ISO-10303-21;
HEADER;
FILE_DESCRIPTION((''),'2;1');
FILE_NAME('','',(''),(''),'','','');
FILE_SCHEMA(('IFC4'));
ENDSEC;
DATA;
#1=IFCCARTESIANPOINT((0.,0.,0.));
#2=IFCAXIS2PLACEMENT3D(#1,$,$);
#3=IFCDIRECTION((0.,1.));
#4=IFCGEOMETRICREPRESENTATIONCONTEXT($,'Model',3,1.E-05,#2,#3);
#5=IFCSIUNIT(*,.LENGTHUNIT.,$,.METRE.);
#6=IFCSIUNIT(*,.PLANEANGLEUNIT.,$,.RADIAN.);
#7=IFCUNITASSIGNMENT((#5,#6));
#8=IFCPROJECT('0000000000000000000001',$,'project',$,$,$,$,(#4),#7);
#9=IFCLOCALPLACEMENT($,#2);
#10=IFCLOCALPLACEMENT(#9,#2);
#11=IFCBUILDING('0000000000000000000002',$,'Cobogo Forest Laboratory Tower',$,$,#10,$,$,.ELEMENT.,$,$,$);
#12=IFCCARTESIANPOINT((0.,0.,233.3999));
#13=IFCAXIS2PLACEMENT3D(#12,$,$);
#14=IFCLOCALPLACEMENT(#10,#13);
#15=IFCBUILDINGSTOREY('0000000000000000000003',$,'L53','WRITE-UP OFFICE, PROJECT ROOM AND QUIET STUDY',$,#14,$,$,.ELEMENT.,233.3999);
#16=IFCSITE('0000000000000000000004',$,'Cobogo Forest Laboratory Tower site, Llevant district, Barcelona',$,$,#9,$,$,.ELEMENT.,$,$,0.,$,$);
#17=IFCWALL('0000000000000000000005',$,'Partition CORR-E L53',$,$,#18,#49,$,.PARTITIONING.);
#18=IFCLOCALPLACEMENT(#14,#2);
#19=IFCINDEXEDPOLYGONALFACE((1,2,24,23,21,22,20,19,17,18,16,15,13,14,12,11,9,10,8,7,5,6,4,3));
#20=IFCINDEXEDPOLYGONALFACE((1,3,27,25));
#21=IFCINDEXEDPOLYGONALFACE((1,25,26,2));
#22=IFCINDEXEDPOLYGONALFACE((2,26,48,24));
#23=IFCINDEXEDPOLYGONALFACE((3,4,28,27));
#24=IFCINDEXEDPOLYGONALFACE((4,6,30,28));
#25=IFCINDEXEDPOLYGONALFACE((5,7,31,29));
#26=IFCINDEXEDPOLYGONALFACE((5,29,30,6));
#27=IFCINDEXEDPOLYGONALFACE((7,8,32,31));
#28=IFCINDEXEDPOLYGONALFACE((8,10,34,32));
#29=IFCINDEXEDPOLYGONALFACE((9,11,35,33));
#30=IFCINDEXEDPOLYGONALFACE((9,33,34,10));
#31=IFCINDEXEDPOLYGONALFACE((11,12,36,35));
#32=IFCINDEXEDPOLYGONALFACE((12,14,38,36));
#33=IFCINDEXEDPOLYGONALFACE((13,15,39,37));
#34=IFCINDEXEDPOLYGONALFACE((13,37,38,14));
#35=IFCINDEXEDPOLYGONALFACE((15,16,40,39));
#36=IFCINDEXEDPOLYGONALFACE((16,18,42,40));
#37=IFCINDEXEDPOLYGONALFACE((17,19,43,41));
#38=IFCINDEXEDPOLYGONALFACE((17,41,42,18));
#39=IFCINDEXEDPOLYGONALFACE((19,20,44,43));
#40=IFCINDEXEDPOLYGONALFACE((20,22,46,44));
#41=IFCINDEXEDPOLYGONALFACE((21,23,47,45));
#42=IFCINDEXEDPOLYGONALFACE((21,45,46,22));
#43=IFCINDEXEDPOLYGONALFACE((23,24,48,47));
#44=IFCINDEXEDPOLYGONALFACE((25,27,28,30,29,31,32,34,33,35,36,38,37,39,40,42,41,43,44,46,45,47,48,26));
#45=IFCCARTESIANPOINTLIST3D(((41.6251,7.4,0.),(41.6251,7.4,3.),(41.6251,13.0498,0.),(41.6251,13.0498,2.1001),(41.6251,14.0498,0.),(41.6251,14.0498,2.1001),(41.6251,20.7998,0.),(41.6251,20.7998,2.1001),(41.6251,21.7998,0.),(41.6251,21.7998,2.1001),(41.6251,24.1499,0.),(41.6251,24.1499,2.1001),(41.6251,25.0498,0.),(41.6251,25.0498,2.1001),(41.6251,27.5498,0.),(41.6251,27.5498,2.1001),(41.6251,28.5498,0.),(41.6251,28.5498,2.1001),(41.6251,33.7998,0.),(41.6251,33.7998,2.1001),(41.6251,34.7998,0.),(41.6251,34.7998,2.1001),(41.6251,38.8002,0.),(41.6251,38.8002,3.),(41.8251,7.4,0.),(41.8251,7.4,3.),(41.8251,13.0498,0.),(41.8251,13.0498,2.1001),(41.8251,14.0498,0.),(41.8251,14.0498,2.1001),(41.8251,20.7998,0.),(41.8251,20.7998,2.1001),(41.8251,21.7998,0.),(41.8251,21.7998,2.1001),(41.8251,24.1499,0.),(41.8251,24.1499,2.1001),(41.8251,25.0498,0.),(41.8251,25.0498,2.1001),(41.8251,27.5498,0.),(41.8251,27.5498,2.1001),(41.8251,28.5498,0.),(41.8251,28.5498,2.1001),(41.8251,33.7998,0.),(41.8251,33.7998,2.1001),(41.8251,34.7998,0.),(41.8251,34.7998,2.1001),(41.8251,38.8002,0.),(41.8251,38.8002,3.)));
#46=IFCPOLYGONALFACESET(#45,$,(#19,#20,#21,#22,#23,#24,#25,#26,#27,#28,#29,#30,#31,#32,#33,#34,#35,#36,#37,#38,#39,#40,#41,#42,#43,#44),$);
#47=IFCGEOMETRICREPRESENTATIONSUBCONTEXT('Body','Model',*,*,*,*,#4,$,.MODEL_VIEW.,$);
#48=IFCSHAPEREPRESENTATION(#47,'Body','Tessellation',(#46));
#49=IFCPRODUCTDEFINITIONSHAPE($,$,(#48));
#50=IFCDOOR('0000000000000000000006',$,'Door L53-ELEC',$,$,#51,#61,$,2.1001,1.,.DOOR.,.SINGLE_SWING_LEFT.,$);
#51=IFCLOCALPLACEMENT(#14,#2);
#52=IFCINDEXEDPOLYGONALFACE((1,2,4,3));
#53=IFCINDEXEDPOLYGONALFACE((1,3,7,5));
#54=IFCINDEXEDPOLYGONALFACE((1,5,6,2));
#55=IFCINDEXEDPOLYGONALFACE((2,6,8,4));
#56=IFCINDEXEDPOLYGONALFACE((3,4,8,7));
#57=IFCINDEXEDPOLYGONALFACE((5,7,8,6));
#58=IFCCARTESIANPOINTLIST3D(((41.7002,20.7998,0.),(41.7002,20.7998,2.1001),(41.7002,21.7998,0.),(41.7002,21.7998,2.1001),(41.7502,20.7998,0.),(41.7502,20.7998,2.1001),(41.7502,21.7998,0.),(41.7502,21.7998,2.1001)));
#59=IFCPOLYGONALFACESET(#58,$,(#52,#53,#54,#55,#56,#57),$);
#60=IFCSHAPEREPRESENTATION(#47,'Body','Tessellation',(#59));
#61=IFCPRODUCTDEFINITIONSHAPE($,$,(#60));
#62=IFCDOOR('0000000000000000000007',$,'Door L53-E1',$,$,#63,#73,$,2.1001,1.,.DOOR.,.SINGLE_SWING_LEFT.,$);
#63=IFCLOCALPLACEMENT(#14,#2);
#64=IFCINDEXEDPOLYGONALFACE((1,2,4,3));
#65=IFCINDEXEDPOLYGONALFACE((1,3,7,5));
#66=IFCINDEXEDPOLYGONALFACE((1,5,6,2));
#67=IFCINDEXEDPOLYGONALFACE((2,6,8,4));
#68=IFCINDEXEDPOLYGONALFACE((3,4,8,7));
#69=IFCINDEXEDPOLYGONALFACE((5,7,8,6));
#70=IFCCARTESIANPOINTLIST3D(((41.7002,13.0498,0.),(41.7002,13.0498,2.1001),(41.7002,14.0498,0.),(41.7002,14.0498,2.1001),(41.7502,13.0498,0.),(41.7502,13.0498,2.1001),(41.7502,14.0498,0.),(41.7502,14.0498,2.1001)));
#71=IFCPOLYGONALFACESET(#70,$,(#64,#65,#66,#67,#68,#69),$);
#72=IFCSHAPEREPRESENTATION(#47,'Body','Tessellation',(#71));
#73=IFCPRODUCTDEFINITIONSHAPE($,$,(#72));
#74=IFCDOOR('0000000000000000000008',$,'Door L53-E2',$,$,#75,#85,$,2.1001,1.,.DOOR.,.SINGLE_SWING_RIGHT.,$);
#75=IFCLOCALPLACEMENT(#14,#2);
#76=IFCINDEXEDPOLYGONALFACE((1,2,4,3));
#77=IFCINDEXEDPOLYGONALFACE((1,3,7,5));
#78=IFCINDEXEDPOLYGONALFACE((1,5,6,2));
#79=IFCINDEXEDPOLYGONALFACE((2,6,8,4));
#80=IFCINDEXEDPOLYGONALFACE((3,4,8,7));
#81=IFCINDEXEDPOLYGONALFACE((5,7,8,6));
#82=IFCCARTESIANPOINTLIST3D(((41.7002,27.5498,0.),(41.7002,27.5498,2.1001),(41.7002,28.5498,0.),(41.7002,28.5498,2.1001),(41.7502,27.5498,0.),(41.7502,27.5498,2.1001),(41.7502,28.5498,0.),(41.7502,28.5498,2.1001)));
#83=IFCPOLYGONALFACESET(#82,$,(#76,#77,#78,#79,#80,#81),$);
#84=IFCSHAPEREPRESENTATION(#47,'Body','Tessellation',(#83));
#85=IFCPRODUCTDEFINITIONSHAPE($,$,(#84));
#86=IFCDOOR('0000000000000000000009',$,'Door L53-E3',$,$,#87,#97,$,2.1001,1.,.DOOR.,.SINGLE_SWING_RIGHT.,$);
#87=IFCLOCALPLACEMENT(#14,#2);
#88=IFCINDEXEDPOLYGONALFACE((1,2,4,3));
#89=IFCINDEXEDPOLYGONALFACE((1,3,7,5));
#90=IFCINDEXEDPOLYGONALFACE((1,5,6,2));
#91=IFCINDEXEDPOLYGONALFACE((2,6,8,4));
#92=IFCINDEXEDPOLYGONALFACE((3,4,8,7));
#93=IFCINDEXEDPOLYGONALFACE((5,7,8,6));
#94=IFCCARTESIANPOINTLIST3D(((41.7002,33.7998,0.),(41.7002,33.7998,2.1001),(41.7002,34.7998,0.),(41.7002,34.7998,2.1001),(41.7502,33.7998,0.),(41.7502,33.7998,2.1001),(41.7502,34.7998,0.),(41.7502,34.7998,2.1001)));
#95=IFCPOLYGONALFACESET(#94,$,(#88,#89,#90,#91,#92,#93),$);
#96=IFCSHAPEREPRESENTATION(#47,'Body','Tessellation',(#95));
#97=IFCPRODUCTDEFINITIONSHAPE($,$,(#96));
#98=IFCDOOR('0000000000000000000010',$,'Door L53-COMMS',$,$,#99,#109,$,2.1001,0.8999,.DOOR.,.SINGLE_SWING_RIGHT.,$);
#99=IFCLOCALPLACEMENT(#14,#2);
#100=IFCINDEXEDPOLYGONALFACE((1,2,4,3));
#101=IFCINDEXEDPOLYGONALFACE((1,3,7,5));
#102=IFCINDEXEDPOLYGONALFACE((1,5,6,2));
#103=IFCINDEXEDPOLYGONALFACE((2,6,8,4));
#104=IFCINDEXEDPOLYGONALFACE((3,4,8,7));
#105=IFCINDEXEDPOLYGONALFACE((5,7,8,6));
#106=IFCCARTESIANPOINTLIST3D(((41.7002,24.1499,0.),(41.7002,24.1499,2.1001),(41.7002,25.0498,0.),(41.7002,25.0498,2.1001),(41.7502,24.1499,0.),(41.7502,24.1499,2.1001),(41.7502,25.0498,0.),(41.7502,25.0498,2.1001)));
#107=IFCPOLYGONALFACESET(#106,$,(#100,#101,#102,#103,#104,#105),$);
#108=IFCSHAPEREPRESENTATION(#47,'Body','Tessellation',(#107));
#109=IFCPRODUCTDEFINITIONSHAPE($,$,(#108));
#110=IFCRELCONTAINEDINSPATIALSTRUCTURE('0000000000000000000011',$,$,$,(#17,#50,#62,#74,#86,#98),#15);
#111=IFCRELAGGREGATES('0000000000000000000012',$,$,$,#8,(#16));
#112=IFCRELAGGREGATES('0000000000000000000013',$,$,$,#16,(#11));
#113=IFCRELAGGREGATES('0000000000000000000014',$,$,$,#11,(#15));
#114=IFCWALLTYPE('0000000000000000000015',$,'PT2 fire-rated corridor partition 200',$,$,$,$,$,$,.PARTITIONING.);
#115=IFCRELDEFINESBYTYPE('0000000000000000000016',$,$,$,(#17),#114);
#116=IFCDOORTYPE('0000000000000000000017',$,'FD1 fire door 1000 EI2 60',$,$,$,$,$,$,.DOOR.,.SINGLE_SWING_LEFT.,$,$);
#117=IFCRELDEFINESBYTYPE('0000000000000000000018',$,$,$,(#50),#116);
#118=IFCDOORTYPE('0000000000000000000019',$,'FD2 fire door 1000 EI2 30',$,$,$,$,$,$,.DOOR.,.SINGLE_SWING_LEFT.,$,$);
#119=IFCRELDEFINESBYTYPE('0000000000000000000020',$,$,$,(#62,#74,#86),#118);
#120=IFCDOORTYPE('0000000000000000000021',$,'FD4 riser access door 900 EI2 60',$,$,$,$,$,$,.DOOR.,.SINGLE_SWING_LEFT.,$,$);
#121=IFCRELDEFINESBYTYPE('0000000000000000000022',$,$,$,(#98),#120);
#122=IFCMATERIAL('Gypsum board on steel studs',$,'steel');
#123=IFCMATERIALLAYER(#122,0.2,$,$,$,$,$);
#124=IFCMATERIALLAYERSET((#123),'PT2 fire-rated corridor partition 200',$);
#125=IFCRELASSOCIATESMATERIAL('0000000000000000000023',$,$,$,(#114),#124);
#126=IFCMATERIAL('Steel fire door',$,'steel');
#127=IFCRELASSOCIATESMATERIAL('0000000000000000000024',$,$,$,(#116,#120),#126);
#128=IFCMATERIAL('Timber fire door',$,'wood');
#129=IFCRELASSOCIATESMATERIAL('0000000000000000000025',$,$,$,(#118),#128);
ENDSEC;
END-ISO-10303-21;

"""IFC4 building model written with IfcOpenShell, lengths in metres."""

from ifc_helpers import new_model, si_unit, direction, frame, frame_2d, origin, place, context, subcontext, project, spatial, rectangle, extrude, material, layer, layer_set, type_object, element, fill, save


model = new_model("IFC4")

# Units and contexts
model_context = context("Model", 3, precision=1e-05, world=origin(), true_north=direction((0.0, 1.0)))
body_context = subcontext(model_context, "Body", "Model", "MODEL_VIEW")
ifc_project = project(units=[si_unit("LENGTHUNIT", "METRE"), si_unit("PLANEANGLEUNIT", "RADIAN")], contexts=[model_context])

# Site, building, storey
site_placement = place(None, origin())
site = spatial("IfcSite", under=ifc_project, at=site_placement, Name="Cobogo Forest Laboratory Tower site, Llevant district, Barcelona", CompositionType="ELEMENT", RefElevation=0.0)
building_placement = place(site_placement, origin())
building = spatial("IfcBuilding", under=site, at=building_placement, Name="Cobogo Forest Laboratory Tower", CompositionType="ELEMENT")
storey_placement = place(building_placement, frame((0.0, 0.0, 233.3999)))
storey = spatial("IfcBuildingStorey", under=building, at=storey_placement, Name="L53", Description="WRITE-UP OFFICE, PROJECT ROOM AND QUIET STUDY", CompositionType="ELEMENT", Elevation=233.3999)

# Shared definitions
ifc_material_1 = material(Name="Steel fire door", Category="steel")

# Shared definitions
ifc_material_2 = material(Name="Gypsum board on steel studs", Category="steel")

# Wall, openings, doors
ifc_layer_1 = layer(ifc_material_2, 0.2)
ifc_layer_set_1 = layer_set([ifc_layer_1], Name="PT2 fire-rated corridor partition 200")
wall_type_1 = type_object("IfcWallType", Name="PT2 fire-rated corridor partition 200", PredefinedType="PARTITIONING", material=ifc_layer_set_1)
wall_1_placement = place(storey_placement, frame((41.7251, 7.3999, 0.0), z_axis=(0.0, 0.0, 1.0), x_axis=(0.0, 1.0, 0.0)))
wall_1 = element("IfcWall", 1, at=wall_1_placement, inside=storey, type_object=wall_type_1, Name="Partition CORR-E L53", PredefinedType="PARTITIONING", context=body_context, shape_type="SweptSolid", body=[
    extrude(rectangle(XDim=31.4001, YDim=0.2, at=frame_2d((15.7002, 0.0))), origin(), (0.0, 0.0, 1.0), 3.0),
])
opening_1_placement = place(wall_1_placement, frame((5.6499, 0.0, 0.0)))
opening_1 = element("IfcOpeningElement", 2, at=opening_1_placement, cuts=wall_1, PredefinedType="OPENING", context=body_context, shape_type="SweptSolid", body=[
    extrude(rectangle(XDim=1.0, YDim=2.1001, at=frame_2d((0.5, 1.05))), frame((0.0, 0.1099, 0.0), z_axis=(0.0, -1.0, 0.0), x_axis=(1.0, 0.0, 0.0)), (0.0, 0.0, 1.0), 0.22),
])
opening_2_placement = place(wall_1_placement, frame((13.3999, 0.0, 0.0)))
opening_2 = element("IfcOpeningElement", 3, at=opening_2_placement, cuts=wall_1, PredefinedType="OPENING", context=body_context, shape_type="SweptSolid", body=[
    extrude(rectangle(XDim=1.0, YDim=2.1001, at=frame_2d((0.5, 1.05))), frame((0.0, 0.1099, 0.0), z_axis=(0.0, -1.0, 0.0), x_axis=(1.0, 0.0, 0.0)), (0.0, 0.0, 1.0), 0.22),
])
opening_3_placement = place(wall_1_placement, frame((16.75, 0.0, 0.0)))
opening_3 = element("IfcOpeningElement", 4, at=opening_3_placement, cuts=wall_1, PredefinedType="OPENING", context=body_context, shape_type="SweptSolid", body=[
    extrude(rectangle(XDim=0.8999, YDim=2.1001, at=frame_2d((0.45, 1.05))), frame((0.0, 0.1099, 0.0), z_axis=(0.0, -1.0, 0.0), x_axis=(1.0, 0.0, 0.0)), (0.0, 0.0, 1.0), 0.22),
])
opening_4_placement = place(wall_1_placement, frame((20.1499, 0.0, 0.0)))
opening_4 = element("IfcOpeningElement", 5, at=opening_4_placement, cuts=wall_1, PredefinedType="OPENING", context=body_context, shape_type="SweptSolid", body=[
    extrude(rectangle(XDim=1.0, YDim=2.1001, at=frame_2d((0.5, 1.05))), frame((0.0, 0.1099, 0.0), z_axis=(0.0, -1.0, 0.0), x_axis=(1.0, 0.0, 0.0)), (0.0, 0.0, 1.0), 0.22),
])
opening_5_placement = place(wall_1_placement, frame((26.3999, 0.0, 0.0)))
opening_5 = element("IfcOpeningElement", 6, at=opening_5_placement, cuts=wall_1, PredefinedType="OPENING", context=body_context, shape_type="SweptSolid", body=[
    extrude(rectangle(XDim=1.0, YDim=2.1001, at=frame_2d((0.5, 1.05))), frame((0.0, 0.1099, 0.0), z_axis=(0.0, -1.0, 0.0), x_axis=(1.0, 0.0, 0.0)), (0.0, 0.0, 1.0), 0.22),
])
door_type_1 = type_object("IfcDoorType", Name="FD1 fire door 1000 EI2 60", OperationType="SINGLE_SWING_LEFT", PredefinedType="DOOR", material=ifc_material_1)
door_1_placement = place(opening_2_placement, origin())
door_1 = element("IfcDoor", 7, at=door_1_placement, inside=storey, type_object=door_type_1, Name="Door L53-ELEC", OperationType="SINGLE_SWING_LEFT", OverallHeight=2.1001, OverallWidth=1.0, PredefinedType="DOOR", context=body_context, shape_type="SweptSolid", body=[
    extrude(rectangle(XDim=1.0, YDim=2.1001, at=frame_2d((0.5, 1.05))), frame((0.0, 0.0249, 0.0), z_axis=(0.0, -1.0, 0.0), x_axis=(1.0, 0.0, 0.0)), (0.0, 0.0, 1.0), 0.05),
])
fill(opening_2, door_1)
ifc_material_3 = material(Name="Timber fire door", Category="wood")
door_type_2 = type_object("IfcDoorType", Name="FD2 fire door 1000 EI2 30", OperationType="SINGLE_SWING_LEFT", PredefinedType="DOOR", material=ifc_material_3)
door_2_placement = place(opening_1_placement, origin())
door_2 = element("IfcDoor", 8, at=door_2_placement, inside=storey, type_object=door_type_2, Name="Door L53-E1", OperationType="SINGLE_SWING_LEFT", OverallHeight=2.1001, OverallWidth=1.0, PredefinedType="DOOR", context=body_context, shape_type="SweptSolid", body=[
    extrude(rectangle(XDim=1.0, YDim=2.1001, at=frame_2d((0.5, 1.05))), frame((0.0, 0.0249, 0.0), z_axis=(0.0, -1.0, 0.0), x_axis=(1.0, 0.0, 0.0)), (0.0, 0.0, 1.0), 0.05),
])
fill(opening_1, door_2)
door_3_placement = place(opening_4_placement, origin())
door_3 = element("IfcDoor", 9, at=door_3_placement, inside=storey, type_object=door_type_2, Name="Door L53-E2", OperationType="SINGLE_SWING_RIGHT", OverallHeight=2.1001, OverallWidth=1.0, PredefinedType="DOOR", context=body_context, shape_type="SweptSolid", body=[
    extrude(rectangle(XDim=1.0, YDim=2.1001, at=frame_2d((0.5, 1.05))), frame((0.0, 0.0249, 0.0), z_axis=(0.0, -1.0, 0.0), x_axis=(1.0, 0.0, 0.0)), (0.0, 0.0, 1.0), 0.05),
])
fill(opening_4, door_3)
door_4_placement = place(opening_5_placement, origin())
door_4 = element("IfcDoor", 10, at=door_4_placement, inside=storey, type_object=door_type_2, Name="Door L53-E3", OperationType="SINGLE_SWING_RIGHT", OverallHeight=2.1001, OverallWidth=1.0, PredefinedType="DOOR", context=body_context, shape_type="SweptSolid", body=[
    extrude(rectangle(XDim=1.0, YDim=2.1001, at=frame_2d((0.5, 1.05))), frame((0.0, 0.0249, 0.0), z_axis=(0.0, -1.0, 0.0), x_axis=(1.0, 0.0, 0.0)), (0.0, 0.0, 1.0), 0.05),
])
fill(opening_5, door_4)
door_type_3 = type_object("IfcDoorType", Name="FD4 riser access door 900 EI2 60", OperationType="SINGLE_SWING_LEFT", PredefinedType="DOOR", material=ifc_material_1)
door_5_placement = place(opening_3_placement, origin())
door_5 = element("IfcDoor", 11, at=door_5_placement, inside=storey, type_object=door_type_3, Name="Door L53-COMMS", OperationType="SINGLE_SWING_RIGHT", OverallHeight=2.1001, OverallWidth=0.8999, PredefinedType="DOOR", context=body_context, shape_type="SweptSolid", body=[
    extrude(rectangle(XDim=0.8999, YDim=2.1001, at=frame_2d((0.45, 1.05))), frame((0.0, 0.0249, 0.0), z_axis=(0.0, -1.0, 0.0), x_axis=(1.0, 0.0, 0.0)), (0.0, 0.0, 1.0), 0.05),
])
fill(opening_3, door_5)

save(model, "model.ifc")
